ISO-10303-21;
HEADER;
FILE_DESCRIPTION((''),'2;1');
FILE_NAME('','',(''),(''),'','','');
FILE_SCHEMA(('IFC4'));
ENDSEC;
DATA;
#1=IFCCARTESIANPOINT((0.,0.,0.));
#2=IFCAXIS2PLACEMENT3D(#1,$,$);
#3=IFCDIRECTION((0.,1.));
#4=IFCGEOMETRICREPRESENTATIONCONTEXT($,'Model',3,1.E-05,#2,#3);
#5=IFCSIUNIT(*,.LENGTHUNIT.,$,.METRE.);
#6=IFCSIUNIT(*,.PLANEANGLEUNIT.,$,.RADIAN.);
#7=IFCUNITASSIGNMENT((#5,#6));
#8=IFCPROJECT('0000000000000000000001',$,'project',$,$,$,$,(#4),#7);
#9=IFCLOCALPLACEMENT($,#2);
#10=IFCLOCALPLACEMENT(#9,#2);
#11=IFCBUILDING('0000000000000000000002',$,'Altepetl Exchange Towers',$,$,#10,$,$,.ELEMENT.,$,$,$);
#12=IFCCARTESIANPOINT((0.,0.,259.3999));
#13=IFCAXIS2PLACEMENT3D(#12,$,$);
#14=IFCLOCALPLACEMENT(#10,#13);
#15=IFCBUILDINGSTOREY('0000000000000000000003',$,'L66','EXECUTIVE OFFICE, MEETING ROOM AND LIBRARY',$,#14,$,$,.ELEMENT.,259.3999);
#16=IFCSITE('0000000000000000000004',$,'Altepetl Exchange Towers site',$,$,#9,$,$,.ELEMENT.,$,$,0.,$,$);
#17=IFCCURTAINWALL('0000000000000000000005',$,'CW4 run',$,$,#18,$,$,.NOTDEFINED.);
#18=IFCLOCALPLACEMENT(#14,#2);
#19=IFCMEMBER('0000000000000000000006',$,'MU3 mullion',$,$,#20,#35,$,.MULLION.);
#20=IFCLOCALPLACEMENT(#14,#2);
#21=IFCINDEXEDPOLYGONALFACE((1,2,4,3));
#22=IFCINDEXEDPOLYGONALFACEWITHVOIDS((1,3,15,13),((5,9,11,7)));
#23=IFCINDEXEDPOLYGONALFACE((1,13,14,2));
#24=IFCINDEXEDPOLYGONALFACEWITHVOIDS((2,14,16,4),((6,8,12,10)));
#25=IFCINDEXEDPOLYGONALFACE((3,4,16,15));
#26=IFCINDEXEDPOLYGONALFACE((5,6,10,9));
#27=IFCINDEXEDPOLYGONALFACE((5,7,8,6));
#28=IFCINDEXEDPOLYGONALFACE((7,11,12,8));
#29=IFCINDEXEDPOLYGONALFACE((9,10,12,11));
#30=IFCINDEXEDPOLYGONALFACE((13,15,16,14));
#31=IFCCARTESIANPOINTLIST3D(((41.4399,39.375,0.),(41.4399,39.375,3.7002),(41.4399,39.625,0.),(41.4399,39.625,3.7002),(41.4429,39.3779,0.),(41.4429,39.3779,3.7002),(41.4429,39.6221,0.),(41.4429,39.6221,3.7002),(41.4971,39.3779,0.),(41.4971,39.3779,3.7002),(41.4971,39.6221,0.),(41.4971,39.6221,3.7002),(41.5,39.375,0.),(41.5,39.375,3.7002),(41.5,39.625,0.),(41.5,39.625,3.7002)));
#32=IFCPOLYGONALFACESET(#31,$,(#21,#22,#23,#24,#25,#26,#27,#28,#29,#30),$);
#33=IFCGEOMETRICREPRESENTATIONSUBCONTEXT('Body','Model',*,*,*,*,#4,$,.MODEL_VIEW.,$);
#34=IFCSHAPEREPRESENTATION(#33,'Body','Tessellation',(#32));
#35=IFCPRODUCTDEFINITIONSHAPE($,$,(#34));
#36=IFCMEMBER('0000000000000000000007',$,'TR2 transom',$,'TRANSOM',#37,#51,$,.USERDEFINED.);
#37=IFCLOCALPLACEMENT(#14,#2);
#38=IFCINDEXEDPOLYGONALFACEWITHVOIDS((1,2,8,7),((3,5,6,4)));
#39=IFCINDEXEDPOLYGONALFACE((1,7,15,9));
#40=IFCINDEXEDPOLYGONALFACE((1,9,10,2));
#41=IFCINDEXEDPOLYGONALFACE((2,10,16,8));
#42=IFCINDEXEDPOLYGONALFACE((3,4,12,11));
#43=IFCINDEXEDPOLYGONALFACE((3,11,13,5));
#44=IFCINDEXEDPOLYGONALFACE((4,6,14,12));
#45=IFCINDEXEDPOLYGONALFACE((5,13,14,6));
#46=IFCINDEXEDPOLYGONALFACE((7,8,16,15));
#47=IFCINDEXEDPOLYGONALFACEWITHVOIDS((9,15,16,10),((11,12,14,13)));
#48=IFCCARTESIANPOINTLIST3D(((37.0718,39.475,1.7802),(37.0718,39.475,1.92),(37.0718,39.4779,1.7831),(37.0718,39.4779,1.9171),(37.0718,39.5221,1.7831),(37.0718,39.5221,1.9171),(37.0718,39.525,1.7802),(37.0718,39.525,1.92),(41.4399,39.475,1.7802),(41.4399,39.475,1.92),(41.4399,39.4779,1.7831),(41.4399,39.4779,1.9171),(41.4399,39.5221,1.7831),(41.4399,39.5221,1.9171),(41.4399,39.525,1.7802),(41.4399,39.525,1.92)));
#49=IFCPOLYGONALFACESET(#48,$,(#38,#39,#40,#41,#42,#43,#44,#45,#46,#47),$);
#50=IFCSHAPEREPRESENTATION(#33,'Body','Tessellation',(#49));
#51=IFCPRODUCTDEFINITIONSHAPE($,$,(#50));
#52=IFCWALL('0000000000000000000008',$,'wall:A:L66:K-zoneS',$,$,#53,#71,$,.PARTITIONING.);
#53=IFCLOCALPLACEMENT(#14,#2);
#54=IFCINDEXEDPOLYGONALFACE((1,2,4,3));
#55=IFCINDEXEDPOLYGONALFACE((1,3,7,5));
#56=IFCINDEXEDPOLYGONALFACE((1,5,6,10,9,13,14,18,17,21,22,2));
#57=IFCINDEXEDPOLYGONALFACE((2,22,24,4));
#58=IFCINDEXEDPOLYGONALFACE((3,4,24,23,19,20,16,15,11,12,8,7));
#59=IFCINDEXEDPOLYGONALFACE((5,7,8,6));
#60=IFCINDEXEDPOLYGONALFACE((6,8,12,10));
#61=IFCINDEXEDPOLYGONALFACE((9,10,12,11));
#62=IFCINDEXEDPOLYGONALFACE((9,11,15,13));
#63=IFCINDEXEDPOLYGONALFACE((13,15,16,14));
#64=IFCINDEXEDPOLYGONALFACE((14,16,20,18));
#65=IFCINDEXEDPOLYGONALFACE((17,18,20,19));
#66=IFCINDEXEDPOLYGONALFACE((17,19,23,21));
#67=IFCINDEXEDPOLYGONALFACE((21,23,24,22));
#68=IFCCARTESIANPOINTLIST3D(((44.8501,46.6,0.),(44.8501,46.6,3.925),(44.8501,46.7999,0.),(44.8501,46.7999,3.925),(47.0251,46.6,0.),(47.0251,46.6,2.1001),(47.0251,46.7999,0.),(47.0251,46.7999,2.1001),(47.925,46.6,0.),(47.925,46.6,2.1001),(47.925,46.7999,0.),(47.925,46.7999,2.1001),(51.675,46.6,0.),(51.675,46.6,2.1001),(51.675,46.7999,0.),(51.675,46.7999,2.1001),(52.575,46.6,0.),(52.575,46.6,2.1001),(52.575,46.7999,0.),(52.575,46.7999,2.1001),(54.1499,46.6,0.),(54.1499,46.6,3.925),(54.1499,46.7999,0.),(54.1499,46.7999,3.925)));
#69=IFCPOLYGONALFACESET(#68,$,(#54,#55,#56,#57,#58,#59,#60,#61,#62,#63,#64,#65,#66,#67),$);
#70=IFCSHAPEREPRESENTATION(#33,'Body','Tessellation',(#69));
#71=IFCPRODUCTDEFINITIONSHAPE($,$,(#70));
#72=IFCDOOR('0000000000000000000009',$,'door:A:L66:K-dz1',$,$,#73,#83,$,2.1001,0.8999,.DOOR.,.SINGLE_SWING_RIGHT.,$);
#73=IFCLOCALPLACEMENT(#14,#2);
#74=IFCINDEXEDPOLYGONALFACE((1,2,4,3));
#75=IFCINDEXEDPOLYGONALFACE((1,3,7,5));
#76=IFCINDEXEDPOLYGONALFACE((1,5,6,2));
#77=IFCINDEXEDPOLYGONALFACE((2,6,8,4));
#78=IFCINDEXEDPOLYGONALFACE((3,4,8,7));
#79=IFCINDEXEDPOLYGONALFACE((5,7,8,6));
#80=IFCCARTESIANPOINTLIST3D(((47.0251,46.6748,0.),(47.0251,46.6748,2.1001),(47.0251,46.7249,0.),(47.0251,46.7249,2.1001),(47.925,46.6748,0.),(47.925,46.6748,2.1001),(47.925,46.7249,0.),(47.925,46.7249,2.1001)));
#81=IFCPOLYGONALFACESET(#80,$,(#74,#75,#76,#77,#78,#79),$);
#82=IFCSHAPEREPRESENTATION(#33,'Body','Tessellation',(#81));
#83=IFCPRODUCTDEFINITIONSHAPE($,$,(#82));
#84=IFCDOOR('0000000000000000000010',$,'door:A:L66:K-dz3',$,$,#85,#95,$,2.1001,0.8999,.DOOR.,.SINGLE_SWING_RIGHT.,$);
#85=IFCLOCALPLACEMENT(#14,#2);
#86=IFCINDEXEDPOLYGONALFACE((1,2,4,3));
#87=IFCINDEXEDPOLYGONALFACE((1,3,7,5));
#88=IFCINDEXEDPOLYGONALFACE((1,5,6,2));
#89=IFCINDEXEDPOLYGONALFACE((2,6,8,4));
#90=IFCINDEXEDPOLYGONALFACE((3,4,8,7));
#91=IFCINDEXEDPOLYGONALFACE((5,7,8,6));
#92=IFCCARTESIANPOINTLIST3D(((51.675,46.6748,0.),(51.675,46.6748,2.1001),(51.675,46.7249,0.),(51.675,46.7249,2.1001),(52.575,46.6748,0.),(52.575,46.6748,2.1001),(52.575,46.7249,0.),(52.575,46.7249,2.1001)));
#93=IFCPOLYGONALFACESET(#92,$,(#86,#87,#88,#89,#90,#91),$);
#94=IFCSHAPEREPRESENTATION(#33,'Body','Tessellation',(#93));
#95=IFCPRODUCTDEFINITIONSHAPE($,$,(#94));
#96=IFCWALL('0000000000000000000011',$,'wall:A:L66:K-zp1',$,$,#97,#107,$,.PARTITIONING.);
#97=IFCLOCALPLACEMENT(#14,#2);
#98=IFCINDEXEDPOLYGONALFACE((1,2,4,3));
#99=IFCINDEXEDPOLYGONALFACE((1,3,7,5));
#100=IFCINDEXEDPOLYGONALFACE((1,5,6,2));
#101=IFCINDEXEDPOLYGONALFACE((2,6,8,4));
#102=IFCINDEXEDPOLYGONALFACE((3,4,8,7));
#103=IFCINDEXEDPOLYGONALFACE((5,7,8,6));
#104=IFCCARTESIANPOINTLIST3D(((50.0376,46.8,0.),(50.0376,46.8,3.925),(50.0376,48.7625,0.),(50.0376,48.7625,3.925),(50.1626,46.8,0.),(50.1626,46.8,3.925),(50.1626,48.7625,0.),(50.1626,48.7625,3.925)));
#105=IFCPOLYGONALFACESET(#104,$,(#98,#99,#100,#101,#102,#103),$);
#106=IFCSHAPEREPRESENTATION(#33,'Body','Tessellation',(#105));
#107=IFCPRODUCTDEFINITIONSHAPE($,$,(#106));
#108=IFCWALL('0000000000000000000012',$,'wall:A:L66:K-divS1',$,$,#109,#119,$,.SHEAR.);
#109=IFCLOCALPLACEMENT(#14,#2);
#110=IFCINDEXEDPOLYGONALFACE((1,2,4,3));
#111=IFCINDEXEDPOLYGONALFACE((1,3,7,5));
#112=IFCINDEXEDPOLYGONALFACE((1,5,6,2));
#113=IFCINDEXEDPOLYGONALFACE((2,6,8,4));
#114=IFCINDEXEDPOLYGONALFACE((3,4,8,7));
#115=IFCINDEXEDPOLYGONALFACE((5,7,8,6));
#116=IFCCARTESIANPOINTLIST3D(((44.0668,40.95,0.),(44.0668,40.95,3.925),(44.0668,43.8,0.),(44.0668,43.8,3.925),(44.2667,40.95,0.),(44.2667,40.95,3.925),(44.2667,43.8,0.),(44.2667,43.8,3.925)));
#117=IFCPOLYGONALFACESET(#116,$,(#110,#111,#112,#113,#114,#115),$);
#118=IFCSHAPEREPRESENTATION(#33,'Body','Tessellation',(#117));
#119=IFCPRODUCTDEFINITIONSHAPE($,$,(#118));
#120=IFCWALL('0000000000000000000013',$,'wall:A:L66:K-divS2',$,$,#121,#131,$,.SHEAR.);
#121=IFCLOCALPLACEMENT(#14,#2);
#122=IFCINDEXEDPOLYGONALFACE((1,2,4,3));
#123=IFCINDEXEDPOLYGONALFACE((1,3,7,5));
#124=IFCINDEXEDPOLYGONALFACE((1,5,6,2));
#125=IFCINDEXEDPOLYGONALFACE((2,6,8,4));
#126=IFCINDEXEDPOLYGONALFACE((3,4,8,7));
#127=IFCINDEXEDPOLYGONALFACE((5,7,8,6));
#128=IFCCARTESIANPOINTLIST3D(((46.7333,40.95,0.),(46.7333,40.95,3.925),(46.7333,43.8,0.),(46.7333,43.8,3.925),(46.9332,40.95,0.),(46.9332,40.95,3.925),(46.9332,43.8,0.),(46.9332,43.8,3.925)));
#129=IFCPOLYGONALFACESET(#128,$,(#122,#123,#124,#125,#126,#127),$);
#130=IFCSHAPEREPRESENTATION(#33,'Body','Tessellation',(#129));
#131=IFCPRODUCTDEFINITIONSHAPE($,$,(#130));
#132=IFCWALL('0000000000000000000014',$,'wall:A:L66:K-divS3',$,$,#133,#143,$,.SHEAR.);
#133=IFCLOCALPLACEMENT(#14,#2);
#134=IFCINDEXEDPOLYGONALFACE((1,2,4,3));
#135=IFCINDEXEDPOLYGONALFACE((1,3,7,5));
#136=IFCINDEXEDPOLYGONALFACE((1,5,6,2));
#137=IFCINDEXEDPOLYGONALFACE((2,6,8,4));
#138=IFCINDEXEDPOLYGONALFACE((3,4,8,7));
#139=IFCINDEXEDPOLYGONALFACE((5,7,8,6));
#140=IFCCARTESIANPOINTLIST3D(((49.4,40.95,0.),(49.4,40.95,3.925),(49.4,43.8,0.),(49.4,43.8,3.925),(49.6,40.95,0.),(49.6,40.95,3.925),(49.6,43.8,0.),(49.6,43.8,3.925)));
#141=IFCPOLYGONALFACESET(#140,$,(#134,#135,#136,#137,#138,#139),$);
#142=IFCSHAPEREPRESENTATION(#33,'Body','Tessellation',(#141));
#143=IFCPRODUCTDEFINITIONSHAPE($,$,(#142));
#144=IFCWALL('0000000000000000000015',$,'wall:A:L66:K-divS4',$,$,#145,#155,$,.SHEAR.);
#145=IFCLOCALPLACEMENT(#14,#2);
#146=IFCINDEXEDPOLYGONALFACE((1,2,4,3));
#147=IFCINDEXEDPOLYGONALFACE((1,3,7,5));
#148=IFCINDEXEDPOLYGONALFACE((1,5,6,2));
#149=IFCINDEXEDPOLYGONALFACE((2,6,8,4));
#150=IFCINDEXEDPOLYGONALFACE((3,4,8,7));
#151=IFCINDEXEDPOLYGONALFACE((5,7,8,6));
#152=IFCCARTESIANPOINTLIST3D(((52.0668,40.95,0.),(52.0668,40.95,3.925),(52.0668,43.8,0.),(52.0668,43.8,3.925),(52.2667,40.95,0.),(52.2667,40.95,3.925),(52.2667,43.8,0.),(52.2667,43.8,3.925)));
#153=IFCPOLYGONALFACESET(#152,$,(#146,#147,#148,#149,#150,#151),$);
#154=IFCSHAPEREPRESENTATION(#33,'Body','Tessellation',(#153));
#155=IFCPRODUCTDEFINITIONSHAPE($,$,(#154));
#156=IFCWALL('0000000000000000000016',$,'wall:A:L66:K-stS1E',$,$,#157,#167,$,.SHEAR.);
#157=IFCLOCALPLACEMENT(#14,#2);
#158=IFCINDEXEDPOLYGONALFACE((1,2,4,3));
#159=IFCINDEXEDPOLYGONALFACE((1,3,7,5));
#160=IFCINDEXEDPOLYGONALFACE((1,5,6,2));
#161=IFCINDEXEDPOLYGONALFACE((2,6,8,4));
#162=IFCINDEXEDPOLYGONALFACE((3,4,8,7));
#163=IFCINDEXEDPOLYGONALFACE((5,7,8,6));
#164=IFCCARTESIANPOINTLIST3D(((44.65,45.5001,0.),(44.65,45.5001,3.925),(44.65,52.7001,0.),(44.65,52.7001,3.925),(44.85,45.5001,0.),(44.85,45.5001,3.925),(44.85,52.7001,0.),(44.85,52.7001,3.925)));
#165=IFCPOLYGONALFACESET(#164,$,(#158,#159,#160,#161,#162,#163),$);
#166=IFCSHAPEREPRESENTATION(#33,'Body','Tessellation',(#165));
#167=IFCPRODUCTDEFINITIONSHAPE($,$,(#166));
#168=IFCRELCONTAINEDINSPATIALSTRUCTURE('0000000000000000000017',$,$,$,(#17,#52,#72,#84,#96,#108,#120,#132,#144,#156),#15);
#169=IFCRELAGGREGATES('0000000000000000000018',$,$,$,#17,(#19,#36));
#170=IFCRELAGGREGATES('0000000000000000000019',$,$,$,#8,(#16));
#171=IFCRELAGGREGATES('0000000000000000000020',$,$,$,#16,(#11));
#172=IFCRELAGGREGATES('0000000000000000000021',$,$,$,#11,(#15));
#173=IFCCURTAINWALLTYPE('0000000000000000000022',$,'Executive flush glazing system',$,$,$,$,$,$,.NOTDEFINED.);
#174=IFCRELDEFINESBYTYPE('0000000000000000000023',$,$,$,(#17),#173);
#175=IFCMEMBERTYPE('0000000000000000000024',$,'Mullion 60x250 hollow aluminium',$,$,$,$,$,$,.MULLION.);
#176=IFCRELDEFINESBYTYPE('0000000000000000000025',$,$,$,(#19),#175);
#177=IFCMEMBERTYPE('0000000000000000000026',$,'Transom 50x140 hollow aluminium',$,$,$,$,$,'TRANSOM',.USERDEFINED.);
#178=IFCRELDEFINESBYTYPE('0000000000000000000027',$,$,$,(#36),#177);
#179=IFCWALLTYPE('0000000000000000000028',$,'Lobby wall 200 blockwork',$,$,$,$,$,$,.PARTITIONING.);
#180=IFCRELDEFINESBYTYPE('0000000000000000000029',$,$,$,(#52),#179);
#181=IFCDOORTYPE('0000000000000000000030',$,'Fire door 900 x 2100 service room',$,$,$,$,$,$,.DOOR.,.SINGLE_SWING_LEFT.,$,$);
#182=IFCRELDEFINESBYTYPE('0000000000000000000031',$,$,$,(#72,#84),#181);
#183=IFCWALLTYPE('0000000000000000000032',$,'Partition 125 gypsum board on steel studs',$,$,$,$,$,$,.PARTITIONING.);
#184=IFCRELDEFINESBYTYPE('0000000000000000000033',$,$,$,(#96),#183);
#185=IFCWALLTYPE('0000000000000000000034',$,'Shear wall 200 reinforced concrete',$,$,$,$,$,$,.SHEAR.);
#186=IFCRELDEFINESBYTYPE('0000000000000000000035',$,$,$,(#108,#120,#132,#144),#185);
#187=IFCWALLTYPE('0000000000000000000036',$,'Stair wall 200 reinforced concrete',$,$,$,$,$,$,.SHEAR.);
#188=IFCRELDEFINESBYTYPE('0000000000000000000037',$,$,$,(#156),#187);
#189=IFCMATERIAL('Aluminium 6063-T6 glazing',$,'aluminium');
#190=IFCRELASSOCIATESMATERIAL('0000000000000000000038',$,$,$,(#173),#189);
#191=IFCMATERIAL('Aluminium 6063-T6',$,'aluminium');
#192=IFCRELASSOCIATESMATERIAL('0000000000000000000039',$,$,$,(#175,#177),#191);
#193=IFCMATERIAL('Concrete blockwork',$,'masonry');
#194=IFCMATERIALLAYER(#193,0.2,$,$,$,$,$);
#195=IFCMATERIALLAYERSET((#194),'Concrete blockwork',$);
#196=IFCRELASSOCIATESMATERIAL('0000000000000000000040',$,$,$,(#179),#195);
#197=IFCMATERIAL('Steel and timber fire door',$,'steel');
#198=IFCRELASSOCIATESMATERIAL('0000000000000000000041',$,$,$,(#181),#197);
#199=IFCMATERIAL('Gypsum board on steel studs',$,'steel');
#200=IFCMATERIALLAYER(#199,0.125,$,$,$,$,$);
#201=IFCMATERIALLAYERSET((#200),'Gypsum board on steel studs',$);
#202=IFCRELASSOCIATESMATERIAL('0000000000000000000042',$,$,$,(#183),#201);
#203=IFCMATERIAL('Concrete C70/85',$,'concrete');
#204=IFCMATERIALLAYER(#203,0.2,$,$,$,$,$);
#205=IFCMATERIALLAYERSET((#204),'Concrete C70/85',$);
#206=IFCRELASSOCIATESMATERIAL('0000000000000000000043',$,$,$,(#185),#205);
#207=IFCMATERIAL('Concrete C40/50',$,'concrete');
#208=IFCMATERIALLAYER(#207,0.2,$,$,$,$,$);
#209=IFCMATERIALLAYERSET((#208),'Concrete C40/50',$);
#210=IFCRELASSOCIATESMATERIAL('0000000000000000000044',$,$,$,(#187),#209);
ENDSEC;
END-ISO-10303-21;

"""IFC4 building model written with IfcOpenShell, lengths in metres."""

from ifc_helpers import new_model, si_unit, direction, frame, frame_2d, origin, origin_2d, place, context, subcontext, project, spatial, rectangle, hollow_rectangle, extrude, material, layer, layer_set, material_profile, profile_set, type_object, element, fill, aggregate, save


model = new_model("IFC4")

# Units and contexts
model_context = context("Model", 3, precision=1e-05, world=origin(), true_north=direction((0.0, 1.0)))
body_context = subcontext(model_context, "Body", "Model", "MODEL_VIEW")
ifc_project = project(units=[si_unit("LENGTHUNIT", "METRE"), si_unit("PLANEANGLEUNIT", "RADIAN")], contexts=[model_context])

# Site, building, storey
site_placement = place(None, origin())
site = spatial("IfcSite", under=ifc_project, at=site_placement, Name="Altepetl Exchange Towers site", CompositionType="ELEMENT", RefElevation=0.0)
building_placement = place(site_placement, origin())
building = spatial("IfcBuilding", under=site, at=building_placement, Name="Altepetl Exchange Towers", CompositionType="ELEMENT")
storey_placement = place(building_placement, frame((0.0, 0.0, 259.3999)))
storey = spatial("IfcBuildingStorey", under=building, at=storey_placement, Name="L66", Description="EXECUTIVE OFFICE, MEETING ROOM AND LIBRARY", CompositionType="ELEMENT", Elevation=259.3999)

# Curtain wall, members
ifc_material_1 = material(Name="Aluminium 6063-T6 glazing", Category="aluminium")
curtain_wall_type = type_object("IfcCurtainWallType", Name="Executive flush glazing system", PredefinedType="NOTDEFINED", material=ifc_material_1)
curtain_wall_placement = place(storey_placement, origin())
curtain_wall = element("IfcCurtainWall", 1, at=curtain_wall_placement, inside=storey, type_object=curtain_wall_type, Name="CW4 run", PredefinedType="NOTDEFINED")
ifc_material_2 = material(Name="Aluminium 6063-T6", Category="aluminium")
ifc_material_profile_1 = material_profile(ifc_material_2, hollow_rectangle(XDim=0.0601, YDim=0.25, WallThickness=0.0029, at=origin_2d()), Name="Mullion 60x250 hollow aluminium")
ifc_profile_set_1 = profile_set([ifc_material_profile_1], Name="Aluminium 6063-T6")
member_type_1 = type_object("IfcMemberType", Name="Mullion 60x250 hollow aluminium", PredefinedType="MULLION", material=ifc_profile_set_1)
member_1_placement = place(storey_placement, frame((41.47, 39.5, 0.0), z_axis=(0.0, 0.0, 1.0), x_axis=(-1.0, 0.0, 0.0)))
member_1 = element("IfcMember", 2, at=member_1_placement, type_object=member_type_1, Name="MU3 mullion", PredefinedType="MULLION", context=body_context, shape_type="SweptSolid", body=[
    extrude(hollow_rectangle(XDim=0.0601, YDim=0.25, WallThickness=0.0029, at=origin_2d()), origin(), (0.0, 0.0, 1.0), 3.7002),
])
ifc_material_profile_2 = material_profile(ifc_material_2, hollow_rectangle(XDim=0.05, YDim=0.1399, WallThickness=0.0029, at=origin_2d()), Name="Transom 50x140 hollow aluminium")
ifc_profile_set_2 = profile_set([ifc_material_profile_2], Name="Aluminium 6063-T6")
member_type_2 = type_object("IfcMemberType", Name="Transom 50x140 hollow aluminium", ElementType="TRANSOM", PredefinedType="USERDEFINED", material=ifc_profile_set_2)
member_2_placement = place(storey_placement, frame((41.4399, 39.5, 1.8501), z_axis=(-1.0, 0.0, 0.0), x_axis=(0.0, -1.0, 0.0)))
member_2 = element("IfcMember", 3, at=member_2_placement, type_object=member_type_2, Name="TR2 transom", ObjectType="TRANSOM", PredefinedType="USERDEFINED", context=body_context, shape_type="SweptSolid", body=[
    extrude(hollow_rectangle(XDim=0.05, YDim=0.1399, WallThickness=0.0029, at=origin_2d()), origin(), (0.0, 0.0, 1.0), 4.3682),
])
aggregate(curtain_wall, [member_1, member_2])

# Wall, openings, doors
ifc_material_3 = material(Name="Concrete blockwork", Category="masonry")
ifc_layer_1 = layer(ifc_material_3, 0.2)
ifc_layer_set_1 = layer_set([ifc_layer_1], Name="Concrete blockwork")
wall_type_1 = type_object("IfcWallType", Name="Lobby wall 200 blockwork", PredefinedType="PARTITIONING", material=ifc_layer_set_1)
wall_1_placement = place(storey_placement, frame((44.8501, 46.7, 0.0)))
wall_1 = element("IfcWall", 4, at=wall_1_placement, inside=storey, type_object=wall_type_1, Name="wall:A:L66:K-zoneS", PredefinedType="PARTITIONING", context=body_context, shape_type="SweptSolid", body=[
    extrude(rectangle(XDim=9.2998, YDim=0.2, at=frame_2d((4.6499, 0.0))), origin(), (0.0, 0.0, 1.0), 3.925),
])
opening_1_placement = place(wall_1_placement, frame((2.175, 0.0, 0.0)))
opening_1 = element("IfcOpeningElement", 5, at=opening_1_placement, cuts=wall_1, PredefinedType="OPENING", context=body_context, shape_type="SweptSolid", body=[
    extrude(rectangle(XDim=0.8999, YDim=2.1001, at=frame_2d((0.45, 1.05))), frame((0.0, 0.1099, 0.0), z_axis=(0.0, -1.0, 0.0), x_axis=(1.0, 0.0, 0.0)), (0.0, 0.0, 1.0), 0.22),
])
opening_2_placement = place(wall_1_placement, frame((6.825, 0.0, 0.0)))
opening_2 = element("IfcOpeningElement", 6, at=opening_2_placement, cuts=wall_1, PredefinedType="OPENING", context=body_context, shape_type="SweptSolid", body=[
    extrude(rectangle(XDim=0.8999, YDim=2.1001, at=frame_2d((0.45, 1.05))), frame((0.0, 0.1099, 0.0), z_axis=(0.0, -1.0, 0.0), x_axis=(1.0, 0.0, 0.0)), (0.0, 0.0, 1.0), 0.22),
])
ifc_material_4 = material(Name="Steel and timber fire door", Category="steel")
door_type = type_object("IfcDoorType", Name="Fire door 900 x 2100 service room", OperationType="SINGLE_SWING_LEFT", PredefinedType="DOOR", material=ifc_material_4)
door_1_placement = place(opening_1_placement, origin())
door_1 = element("IfcDoor", 7, at=door_1_placement, inside=storey, type_object=door_type, Name="door:A:L66:K-dz1", OperationType="SINGLE_SWING_RIGHT", OverallHeight=2.1001, OverallWidth=0.8999, PredefinedType="DOOR", context=body_context, shape_type="SweptSolid", body=[
    extrude(rectangle(XDim=0.8999, YDim=2.1001, at=frame_2d((0.45, 1.05))), frame((0.0, 0.0249, 0.0), z_axis=(0.0, -1.0, 0.0), x_axis=(1.0, 0.0, 0.0)), (0.0, 0.0, 1.0), 0.05),
])
fill(opening_1, door_1)
door_2_placement = place(opening_2_placement, origin())
door_2 = element("IfcDoor", 8, at=door_2_placement, inside=storey, type_object=door_type, Name="door:A:L66:K-dz3", OperationType="SINGLE_SWING_RIGHT", OverallHeight=2.1001, OverallWidth=0.8999, PredefinedType="DOOR", context=body_context, shape_type="SweptSolid", body=[
    extrude(rectangle(XDim=0.8999, YDim=2.1001, at=frame_2d((0.45, 1.05))), frame((0.0, 0.0249, 0.0), z_axis=(0.0, -1.0, 0.0), x_axis=(1.0, 0.0, 0.0)), (0.0, 0.0, 1.0), 0.05),
])
fill(opening_2, door_2)

# Walls
ifc_material_5 = material(Name="Gypsum board on steel studs", Category="steel")
ifc_layer_2 = layer(ifc_material_5, 0.125)
ifc_layer_set_2 = layer_set([ifc_layer_2], Name="Gypsum board on steel studs")
wall_type_2 = type_object("IfcWallType", Name="Partition 125 gypsum board on steel studs", PredefinedType="PARTITIONING", material=ifc_layer_set_2)
wall_2_placement = place(storey_placement, frame((50.1001, 46.8, 0.0), z_axis=(0.0, 0.0, 1.0), x_axis=(0.0, 1.0, 0.0)))
element("IfcWall", 9, at=wall_2_placement, inside=storey, type_object=wall_type_2, Name="wall:A:L66:K-zp1", PredefinedType="PARTITIONING", context=body_context, shape_type="SweptSolid", body=[
    extrude(rectangle(XDim=1.9624, YDim=0.125, at=frame_2d((0.9812, 0.0))), origin(), (0.0, 0.0, 1.0), 3.925),
])
ifc_material_6 = material(Name="Concrete C70/85", Category="concrete")
ifc_layer_3 = layer(ifc_material_6, 0.2)
ifc_layer_set_3 = layer_set([ifc_layer_3], Name="Concrete C70/85")
wall_type_3 = type_object("IfcWallType", Name="Shear wall 200 reinforced concrete", PredefinedType="SHEAR", material=ifc_layer_set_3)
for number, where, z_axis, x_axis, name in (
    (10, (44.1667, 40.95, 0.0), (0.0, 0.0, 1.0), (0.0, 1.0, 0.0), "wall:A:L66:K-divS1"),
    (11, (46.8333, 40.95, 0.0), (0.0, 0.0, 1.0), (0.0, 1.0, 0.0), "wall:A:L66:K-divS2"),
    (12, (49.5, 40.95, 0.0), (0.0, 0.0, 1.0), (0.0, 1.0, 0.0), "wall:A:L66:K-divS3"),
    (13, (52.1667, 40.95, 0.0), (0.0, 0.0, 1.0), (0.0, 1.0, 0.0), "wall:A:L66:K-divS4"),
):
    element("IfcWall", number, at=place(storey_placement, frame(where, z_axis=z_axis, x_axis=x_axis)), inside=storey, type_object=wall_type_3, Name=name, PredefinedType="SHEAR", context=body_context, shape_type="SweptSolid", body=[
        extrude(rectangle(XDim=2.8501, YDim=0.2, at=frame_2d((1.425, 0.0))), origin(), (0.0, 0.0, 1.0), 3.925),
    ])
ifc_material_7 = material(Name="Concrete C40/50", Category="concrete")
ifc_layer_4 = layer(ifc_material_7, 0.2)
ifc_layer_set_4 = layer_set([ifc_layer_4], Name="Concrete C40/50")
wall_type_4 = type_object("IfcWallType", Name="Stair wall 200 reinforced concrete", PredefinedType="SHEAR", material=ifc_layer_set_4)
wall_3_placement = place(storey_placement, frame((44.75, 45.5, 0.0), z_axis=(0.0, 0.0, 1.0), x_axis=(0.0, 1.0, 0.0)))
element("IfcWall", 14, at=wall_3_placement, inside=storey, type_object=wall_type_4, Name="wall:A:L66:K-stS1E", PredefinedType="SHEAR", context=body_context, shape_type="SweptSolid", body=[
    extrude(rectangle(XDim=7.2, YDim=0.2, at=frame_2d((3.6001, 0.0))), origin(), (0.0, 0.0, 1.0), 3.925),
])

save(model, "model.ifc")
